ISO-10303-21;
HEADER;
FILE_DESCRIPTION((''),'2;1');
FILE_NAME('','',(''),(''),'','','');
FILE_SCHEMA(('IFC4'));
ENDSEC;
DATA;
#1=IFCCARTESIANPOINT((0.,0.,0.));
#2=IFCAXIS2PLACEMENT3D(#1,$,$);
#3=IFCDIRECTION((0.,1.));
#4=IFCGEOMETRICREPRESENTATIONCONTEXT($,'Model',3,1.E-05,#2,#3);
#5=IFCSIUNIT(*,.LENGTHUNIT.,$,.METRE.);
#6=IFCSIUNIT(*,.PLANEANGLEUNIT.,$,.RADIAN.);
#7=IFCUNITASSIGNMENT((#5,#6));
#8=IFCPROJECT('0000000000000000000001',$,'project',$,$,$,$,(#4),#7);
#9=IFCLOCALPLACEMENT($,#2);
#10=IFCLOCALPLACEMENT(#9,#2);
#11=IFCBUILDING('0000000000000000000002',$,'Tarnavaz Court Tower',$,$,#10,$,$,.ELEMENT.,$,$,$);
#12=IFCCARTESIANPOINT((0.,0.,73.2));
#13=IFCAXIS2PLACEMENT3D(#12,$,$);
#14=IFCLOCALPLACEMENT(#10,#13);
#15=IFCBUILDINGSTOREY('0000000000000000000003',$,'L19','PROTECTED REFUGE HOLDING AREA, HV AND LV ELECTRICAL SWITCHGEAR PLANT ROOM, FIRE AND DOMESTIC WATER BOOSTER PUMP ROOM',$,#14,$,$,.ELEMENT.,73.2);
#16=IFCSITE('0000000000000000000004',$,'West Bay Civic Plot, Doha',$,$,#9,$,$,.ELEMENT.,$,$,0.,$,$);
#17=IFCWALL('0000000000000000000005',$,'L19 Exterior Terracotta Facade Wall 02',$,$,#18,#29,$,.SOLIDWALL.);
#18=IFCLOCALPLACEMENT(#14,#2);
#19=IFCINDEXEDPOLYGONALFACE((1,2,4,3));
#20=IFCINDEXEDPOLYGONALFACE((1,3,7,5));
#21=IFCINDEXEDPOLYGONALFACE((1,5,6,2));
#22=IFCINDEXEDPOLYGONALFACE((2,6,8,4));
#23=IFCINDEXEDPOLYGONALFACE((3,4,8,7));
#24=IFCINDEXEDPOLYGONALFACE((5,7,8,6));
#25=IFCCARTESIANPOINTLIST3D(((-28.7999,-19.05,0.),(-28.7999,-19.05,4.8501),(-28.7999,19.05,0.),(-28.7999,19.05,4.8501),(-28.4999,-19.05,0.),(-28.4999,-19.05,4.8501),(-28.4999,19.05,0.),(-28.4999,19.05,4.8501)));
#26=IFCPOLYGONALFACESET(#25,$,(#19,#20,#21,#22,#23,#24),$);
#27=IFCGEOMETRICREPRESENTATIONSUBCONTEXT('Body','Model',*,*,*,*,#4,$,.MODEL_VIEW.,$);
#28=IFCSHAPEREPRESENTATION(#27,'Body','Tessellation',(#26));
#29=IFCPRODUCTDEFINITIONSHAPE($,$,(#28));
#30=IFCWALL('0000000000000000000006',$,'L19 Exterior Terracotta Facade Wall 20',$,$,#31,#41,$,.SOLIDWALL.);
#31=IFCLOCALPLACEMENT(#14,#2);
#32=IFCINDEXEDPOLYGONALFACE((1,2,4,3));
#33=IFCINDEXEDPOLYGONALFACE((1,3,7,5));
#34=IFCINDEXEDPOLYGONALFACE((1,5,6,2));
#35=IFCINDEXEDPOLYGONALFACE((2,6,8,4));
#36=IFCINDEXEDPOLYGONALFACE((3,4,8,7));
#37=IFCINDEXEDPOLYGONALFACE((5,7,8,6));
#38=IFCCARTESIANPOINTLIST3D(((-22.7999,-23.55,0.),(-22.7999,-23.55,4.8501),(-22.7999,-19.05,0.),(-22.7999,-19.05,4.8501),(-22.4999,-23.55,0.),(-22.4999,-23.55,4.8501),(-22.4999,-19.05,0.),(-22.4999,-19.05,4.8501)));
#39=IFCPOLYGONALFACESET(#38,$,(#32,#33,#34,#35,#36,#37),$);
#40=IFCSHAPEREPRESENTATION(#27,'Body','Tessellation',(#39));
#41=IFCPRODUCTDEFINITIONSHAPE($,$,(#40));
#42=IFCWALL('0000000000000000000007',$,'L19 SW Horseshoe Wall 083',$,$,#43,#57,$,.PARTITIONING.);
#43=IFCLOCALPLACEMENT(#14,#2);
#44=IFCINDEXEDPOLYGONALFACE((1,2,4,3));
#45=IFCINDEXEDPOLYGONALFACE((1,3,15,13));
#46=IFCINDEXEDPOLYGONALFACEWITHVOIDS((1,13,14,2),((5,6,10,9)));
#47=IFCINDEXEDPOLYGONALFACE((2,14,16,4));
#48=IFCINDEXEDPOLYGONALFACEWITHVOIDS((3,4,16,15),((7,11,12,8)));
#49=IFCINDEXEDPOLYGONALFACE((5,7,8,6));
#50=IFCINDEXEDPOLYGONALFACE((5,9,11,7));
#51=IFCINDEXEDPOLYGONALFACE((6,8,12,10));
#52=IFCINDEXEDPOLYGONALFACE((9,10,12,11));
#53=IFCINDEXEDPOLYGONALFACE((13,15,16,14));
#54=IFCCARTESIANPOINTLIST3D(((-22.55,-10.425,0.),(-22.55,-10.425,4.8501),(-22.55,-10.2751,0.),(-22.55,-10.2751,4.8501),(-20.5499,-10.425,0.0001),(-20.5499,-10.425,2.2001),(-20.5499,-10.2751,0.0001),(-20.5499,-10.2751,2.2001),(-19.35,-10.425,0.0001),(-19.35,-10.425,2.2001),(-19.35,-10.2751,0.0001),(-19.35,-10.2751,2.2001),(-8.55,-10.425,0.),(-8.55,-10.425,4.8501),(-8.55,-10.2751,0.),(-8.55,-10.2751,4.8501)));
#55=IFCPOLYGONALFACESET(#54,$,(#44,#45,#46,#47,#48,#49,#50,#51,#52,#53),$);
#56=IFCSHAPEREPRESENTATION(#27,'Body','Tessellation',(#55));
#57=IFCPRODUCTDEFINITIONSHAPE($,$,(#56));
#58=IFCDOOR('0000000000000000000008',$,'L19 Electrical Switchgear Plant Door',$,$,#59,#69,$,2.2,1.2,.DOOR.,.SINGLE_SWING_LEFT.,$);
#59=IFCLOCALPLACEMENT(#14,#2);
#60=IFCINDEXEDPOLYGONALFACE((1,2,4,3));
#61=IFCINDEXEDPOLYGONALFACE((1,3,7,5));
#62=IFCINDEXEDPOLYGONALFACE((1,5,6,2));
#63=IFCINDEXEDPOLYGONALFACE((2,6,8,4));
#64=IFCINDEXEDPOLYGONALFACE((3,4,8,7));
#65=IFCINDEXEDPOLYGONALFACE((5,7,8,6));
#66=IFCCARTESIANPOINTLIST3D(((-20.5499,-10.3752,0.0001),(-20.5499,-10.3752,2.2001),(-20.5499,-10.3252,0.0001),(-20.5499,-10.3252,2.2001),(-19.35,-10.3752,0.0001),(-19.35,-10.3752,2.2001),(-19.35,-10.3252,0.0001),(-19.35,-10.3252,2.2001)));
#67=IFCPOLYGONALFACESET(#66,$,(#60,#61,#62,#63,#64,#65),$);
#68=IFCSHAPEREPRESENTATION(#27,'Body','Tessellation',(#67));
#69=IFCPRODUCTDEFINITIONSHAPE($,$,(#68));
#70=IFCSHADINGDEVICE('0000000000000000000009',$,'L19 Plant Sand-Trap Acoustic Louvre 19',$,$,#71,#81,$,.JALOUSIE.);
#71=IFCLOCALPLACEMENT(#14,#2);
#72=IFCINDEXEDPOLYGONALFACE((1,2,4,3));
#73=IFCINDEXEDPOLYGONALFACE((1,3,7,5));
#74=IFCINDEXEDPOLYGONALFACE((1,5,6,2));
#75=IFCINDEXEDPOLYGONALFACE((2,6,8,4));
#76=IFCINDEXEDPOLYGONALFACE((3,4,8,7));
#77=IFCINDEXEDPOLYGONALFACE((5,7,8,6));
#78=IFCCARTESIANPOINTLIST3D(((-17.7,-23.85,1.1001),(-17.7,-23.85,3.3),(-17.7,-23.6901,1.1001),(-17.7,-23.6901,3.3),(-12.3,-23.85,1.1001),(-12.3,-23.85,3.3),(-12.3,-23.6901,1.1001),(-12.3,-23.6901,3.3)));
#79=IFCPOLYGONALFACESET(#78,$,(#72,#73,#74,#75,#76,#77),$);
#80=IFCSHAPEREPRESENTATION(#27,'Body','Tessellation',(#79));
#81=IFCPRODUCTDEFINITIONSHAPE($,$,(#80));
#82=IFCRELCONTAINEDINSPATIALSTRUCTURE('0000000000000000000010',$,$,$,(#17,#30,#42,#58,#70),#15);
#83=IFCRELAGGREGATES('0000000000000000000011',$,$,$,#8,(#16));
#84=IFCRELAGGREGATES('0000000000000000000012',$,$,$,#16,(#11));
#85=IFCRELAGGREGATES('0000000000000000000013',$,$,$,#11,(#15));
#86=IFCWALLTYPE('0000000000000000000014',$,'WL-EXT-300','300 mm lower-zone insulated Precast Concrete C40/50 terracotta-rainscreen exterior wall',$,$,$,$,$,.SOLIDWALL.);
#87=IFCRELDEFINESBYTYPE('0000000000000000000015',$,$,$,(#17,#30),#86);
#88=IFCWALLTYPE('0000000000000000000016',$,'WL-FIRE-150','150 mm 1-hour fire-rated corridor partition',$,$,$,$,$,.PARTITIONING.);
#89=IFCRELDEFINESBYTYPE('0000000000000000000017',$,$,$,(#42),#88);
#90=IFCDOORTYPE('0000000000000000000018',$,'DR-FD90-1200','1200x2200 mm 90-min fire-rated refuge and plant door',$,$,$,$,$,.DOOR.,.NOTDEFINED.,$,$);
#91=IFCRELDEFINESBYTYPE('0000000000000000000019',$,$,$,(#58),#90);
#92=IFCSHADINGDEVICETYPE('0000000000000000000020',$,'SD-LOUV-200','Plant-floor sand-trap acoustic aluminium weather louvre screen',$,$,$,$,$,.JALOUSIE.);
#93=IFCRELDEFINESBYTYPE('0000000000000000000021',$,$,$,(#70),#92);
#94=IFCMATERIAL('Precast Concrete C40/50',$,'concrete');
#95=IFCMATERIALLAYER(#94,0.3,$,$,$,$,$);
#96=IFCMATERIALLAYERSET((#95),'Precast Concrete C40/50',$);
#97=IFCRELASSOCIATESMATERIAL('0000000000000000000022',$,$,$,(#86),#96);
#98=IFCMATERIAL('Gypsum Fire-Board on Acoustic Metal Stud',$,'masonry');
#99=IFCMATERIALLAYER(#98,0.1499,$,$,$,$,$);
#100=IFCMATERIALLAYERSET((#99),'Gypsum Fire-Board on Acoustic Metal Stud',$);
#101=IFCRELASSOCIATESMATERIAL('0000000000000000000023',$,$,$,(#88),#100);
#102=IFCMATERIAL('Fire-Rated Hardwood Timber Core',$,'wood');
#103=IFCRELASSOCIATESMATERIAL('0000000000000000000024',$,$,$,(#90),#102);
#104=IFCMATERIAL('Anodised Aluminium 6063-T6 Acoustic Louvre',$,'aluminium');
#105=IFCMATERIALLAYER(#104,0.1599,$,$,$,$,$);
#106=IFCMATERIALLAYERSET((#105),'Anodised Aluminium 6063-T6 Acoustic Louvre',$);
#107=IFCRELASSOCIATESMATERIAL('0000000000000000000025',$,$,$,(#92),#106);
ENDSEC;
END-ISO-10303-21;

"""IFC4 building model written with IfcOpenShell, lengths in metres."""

from ifc_helpers import new_model, si_unit, direction, frame, frame_2d, origin, origin_2d, place, context, subcontext, project, spatial, rectangle, extrude, material, layer, layer_set, type_object, element, fill, save


model = new_model("IFC4")

# Units and contexts
model_context = context("Model", 3, precision=1e-05, world=origin(), true_north=direction((0.0, 1.0)))
body_context = subcontext(model_context, "Body", "Model", "MODEL_VIEW")
ifc_project = project(units=[si_unit("LENGTHUNIT", "METRE"), si_unit("PLANEANGLEUNIT", "RADIAN")], contexts=[model_context])

# Site, building, storey
site_placement = place(None, origin())
site = spatial("IfcSite", under=ifc_project, at=site_placement, Name="West Bay Civic Plot, Doha", CompositionType="ELEMENT", RefElevation=0.0)
building_placement = place(site_placement, origin())
building = spatial("IfcBuilding", under=site, at=building_placement, Name="Tarnavaz Court Tower", CompositionType="ELEMENT")
storey_placement = place(building_placement, frame((0.0, 0.0, 73.2)))
storey = spatial("IfcBuildingStorey", under=building, at=storey_placement, Name="L19", Description="PROTECTED REFUGE HOLDING AREA, HV AND LV ELECTRICAL SWITCHGEAR PLANT ROOM, FIRE AND DOMESTIC WATER BOOSTER PUMP ROOM", CompositionType="ELEMENT", Elevation=73.2)

# Walls
ifc_material_1 = material(Name="Precast Concrete C40/50", Category="concrete")
ifc_layer_1 = layer(ifc_material_1, 0.3)
ifc_layer_set_1 = layer_set([ifc_layer_1], Name="Precast Concrete C40/50")
wall_type_1 = type_object("IfcWallType", Name="WL-EXT-300", Description="300 mm lower-zone insulated Precast Concrete C40/50 terracotta-rainscreen exterior wall", PredefinedType="SOLIDWALL", material=ifc_layer_set_1)
wall_1_placement = place(storey_placement, frame((-28.6499, -19.05, 0.0), z_axis=(0.0, 0.0, 1.0), x_axis=(0.0, 1.0, 0.0)))
element("IfcWall", 1, at=wall_1_placement, inside=storey, type_object=wall_type_1, Name="L19 Exterior Terracotta Facade Wall 02", PredefinedType="SOLIDWALL", context=body_context, shape_type="SweptSolid", body=[
    extrude(rectangle(XDim=38.1001, YDim=0.3, at=frame_2d((19.05, 0.0))), origin(), (0.0, 0.0, 1.0), 4.8501),
])
wall_2_placement = place(storey_placement, frame((-22.6499, -23.55, 0.0), z_axis=(0.0, 0.0, 1.0), x_axis=(0.0, 1.0, 0.0)))
element("IfcWall", 2, at=wall_2_placement, inside=storey, type_object=wall_type_1, Name="L19 Exterior Terracotta Facade Wall 20", PredefinedType="SOLIDWALL", context=body_context, shape_type="SweptSolid", body=[
    extrude(rectangle(XDim=4.5, YDim=0.3, at=frame_2d((2.25, 0.0))), origin(), (0.0, 0.0, 1.0), 4.8501),
])

# Wall, opening, door
ifc_material_2 = material(Name="Gypsum Fire-Board on Acoustic Metal Stud", Category="masonry")
ifc_layer_2 = layer(ifc_material_2, 0.1499)
ifc_layer_set_2 = layer_set([ifc_layer_2], Name="Gypsum Fire-Board on Acoustic Metal Stud")
wall_type_2 = type_object("IfcWallType", Name="WL-FIRE-150", Description="150 mm 1-hour fire-rated corridor partition", PredefinedType="PARTITIONING", material=ifc_layer_set_2)
wall_3_placement = place(storey_placement, frame((-22.55, -10.3501, 0.0), z_axis=(0.0, 0.0, 1.0), x_axis=(1.0, 0.0, 0.0)))
wall_3 = element("IfcWall", 3, at=wall_3_placement, inside=storey, type_object=wall_type_2, Name="L19 SW Horseshoe Wall 083", PredefinedType="PARTITIONING", context=body_context, shape_type="SweptSolid", body=[
    extrude(rectangle(XDim=14.0, YDim=0.1499, at=frame_2d((7.0, 0.0))), origin(), (0.0, 0.0, 1.0), 4.8501),
])
opening_placement = place(wall_3_placement, frame((2.0, 0.0, 0.0)))
opening = element("IfcOpeningElement", 4, at=opening_placement, cuts=wall_3, PredefinedType="OPENING", context=body_context, shape_type="SweptSolid", body=[
    extrude(rectangle(XDim=1.2, YDim=2.2, at=frame_2d((0.6001, 1.1001))), frame((0.0, 0.085, 0.0), z_axis=(0.0, -1.0, 0.0), x_axis=(1.0, 0.0, 0.0)), (0.0, 0.0, 1.0), 0.1699),
])
ifc_material_3 = material(Name="Fire-Rated Hardwood Timber Core", Category="wood")
door_type = type_object("IfcDoorType", Name="DR-FD90-1200", Description="1200x2200 mm 90-min fire-rated refuge and plant door", OperationType="NOTDEFINED", PredefinedType="DOOR", material=ifc_material_3)
door_placement = place(opening_placement, origin())
door = element("IfcDoor", 5, at=door_placement, inside=storey, type_object=door_type, Name="L19 Electrical Switchgear Plant Door", OperationType="SINGLE_SWING_LEFT", OverallHeight=2.2, OverallWidth=1.2, PredefinedType="DOOR", context=body_context, shape_type="SweptSolid", body=[
    extrude(rectangle(XDim=1.2, YDim=2.2, at=frame_2d((0.6001, 1.1001))), frame((0.0, 0.0249, 0.0), z_axis=(0.0, -1.0, 0.0), x_axis=(1.0, 0.0, 0.0)), (0.0, 0.0, 1.0), 0.05),
])
fill(opening, door)

# Shading device
ifc_material_4 = material(Name="Anodised Aluminium 6063-T6 Acoustic Louvre", Category="aluminium")
ifc_layer_3 = layer(ifc_material_4, 0.1599)
ifc_layer_set_3 = layer_set([ifc_layer_3], Name="Anodised Aluminium 6063-T6 Acoustic Louvre")
shading_device_type = type_object("IfcShadingDeviceType", Name="SD-LOUV-200", Description="Plant-floor sand-trap acoustic aluminium weather louvre screen", PredefinedType="JALOUSIE", material=ifc_layer_set_3)
shading_device_placement = place(storey_placement, frame((-15.0, -23.77, 1.1001), z_axis=(0.0, 0.0, 1.0), x_axis=(-1.0, 0.0, 0.0)))
element("IfcShadingDevice", 6, at=shading_device_placement, inside=storey, type_object=shading_device_type, Name="L19 Plant Sand-Trap Acoustic Louvre 19", PredefinedType="JALOUSIE", context=body_context, shape_type="SweptSolid", body=[
    extrude(rectangle(XDim=5.3999, YDim=0.1599, at=origin_2d()), origin(), (0.0, 0.0, 1.0), 2.2),
])

save(model, "model.ifc")
